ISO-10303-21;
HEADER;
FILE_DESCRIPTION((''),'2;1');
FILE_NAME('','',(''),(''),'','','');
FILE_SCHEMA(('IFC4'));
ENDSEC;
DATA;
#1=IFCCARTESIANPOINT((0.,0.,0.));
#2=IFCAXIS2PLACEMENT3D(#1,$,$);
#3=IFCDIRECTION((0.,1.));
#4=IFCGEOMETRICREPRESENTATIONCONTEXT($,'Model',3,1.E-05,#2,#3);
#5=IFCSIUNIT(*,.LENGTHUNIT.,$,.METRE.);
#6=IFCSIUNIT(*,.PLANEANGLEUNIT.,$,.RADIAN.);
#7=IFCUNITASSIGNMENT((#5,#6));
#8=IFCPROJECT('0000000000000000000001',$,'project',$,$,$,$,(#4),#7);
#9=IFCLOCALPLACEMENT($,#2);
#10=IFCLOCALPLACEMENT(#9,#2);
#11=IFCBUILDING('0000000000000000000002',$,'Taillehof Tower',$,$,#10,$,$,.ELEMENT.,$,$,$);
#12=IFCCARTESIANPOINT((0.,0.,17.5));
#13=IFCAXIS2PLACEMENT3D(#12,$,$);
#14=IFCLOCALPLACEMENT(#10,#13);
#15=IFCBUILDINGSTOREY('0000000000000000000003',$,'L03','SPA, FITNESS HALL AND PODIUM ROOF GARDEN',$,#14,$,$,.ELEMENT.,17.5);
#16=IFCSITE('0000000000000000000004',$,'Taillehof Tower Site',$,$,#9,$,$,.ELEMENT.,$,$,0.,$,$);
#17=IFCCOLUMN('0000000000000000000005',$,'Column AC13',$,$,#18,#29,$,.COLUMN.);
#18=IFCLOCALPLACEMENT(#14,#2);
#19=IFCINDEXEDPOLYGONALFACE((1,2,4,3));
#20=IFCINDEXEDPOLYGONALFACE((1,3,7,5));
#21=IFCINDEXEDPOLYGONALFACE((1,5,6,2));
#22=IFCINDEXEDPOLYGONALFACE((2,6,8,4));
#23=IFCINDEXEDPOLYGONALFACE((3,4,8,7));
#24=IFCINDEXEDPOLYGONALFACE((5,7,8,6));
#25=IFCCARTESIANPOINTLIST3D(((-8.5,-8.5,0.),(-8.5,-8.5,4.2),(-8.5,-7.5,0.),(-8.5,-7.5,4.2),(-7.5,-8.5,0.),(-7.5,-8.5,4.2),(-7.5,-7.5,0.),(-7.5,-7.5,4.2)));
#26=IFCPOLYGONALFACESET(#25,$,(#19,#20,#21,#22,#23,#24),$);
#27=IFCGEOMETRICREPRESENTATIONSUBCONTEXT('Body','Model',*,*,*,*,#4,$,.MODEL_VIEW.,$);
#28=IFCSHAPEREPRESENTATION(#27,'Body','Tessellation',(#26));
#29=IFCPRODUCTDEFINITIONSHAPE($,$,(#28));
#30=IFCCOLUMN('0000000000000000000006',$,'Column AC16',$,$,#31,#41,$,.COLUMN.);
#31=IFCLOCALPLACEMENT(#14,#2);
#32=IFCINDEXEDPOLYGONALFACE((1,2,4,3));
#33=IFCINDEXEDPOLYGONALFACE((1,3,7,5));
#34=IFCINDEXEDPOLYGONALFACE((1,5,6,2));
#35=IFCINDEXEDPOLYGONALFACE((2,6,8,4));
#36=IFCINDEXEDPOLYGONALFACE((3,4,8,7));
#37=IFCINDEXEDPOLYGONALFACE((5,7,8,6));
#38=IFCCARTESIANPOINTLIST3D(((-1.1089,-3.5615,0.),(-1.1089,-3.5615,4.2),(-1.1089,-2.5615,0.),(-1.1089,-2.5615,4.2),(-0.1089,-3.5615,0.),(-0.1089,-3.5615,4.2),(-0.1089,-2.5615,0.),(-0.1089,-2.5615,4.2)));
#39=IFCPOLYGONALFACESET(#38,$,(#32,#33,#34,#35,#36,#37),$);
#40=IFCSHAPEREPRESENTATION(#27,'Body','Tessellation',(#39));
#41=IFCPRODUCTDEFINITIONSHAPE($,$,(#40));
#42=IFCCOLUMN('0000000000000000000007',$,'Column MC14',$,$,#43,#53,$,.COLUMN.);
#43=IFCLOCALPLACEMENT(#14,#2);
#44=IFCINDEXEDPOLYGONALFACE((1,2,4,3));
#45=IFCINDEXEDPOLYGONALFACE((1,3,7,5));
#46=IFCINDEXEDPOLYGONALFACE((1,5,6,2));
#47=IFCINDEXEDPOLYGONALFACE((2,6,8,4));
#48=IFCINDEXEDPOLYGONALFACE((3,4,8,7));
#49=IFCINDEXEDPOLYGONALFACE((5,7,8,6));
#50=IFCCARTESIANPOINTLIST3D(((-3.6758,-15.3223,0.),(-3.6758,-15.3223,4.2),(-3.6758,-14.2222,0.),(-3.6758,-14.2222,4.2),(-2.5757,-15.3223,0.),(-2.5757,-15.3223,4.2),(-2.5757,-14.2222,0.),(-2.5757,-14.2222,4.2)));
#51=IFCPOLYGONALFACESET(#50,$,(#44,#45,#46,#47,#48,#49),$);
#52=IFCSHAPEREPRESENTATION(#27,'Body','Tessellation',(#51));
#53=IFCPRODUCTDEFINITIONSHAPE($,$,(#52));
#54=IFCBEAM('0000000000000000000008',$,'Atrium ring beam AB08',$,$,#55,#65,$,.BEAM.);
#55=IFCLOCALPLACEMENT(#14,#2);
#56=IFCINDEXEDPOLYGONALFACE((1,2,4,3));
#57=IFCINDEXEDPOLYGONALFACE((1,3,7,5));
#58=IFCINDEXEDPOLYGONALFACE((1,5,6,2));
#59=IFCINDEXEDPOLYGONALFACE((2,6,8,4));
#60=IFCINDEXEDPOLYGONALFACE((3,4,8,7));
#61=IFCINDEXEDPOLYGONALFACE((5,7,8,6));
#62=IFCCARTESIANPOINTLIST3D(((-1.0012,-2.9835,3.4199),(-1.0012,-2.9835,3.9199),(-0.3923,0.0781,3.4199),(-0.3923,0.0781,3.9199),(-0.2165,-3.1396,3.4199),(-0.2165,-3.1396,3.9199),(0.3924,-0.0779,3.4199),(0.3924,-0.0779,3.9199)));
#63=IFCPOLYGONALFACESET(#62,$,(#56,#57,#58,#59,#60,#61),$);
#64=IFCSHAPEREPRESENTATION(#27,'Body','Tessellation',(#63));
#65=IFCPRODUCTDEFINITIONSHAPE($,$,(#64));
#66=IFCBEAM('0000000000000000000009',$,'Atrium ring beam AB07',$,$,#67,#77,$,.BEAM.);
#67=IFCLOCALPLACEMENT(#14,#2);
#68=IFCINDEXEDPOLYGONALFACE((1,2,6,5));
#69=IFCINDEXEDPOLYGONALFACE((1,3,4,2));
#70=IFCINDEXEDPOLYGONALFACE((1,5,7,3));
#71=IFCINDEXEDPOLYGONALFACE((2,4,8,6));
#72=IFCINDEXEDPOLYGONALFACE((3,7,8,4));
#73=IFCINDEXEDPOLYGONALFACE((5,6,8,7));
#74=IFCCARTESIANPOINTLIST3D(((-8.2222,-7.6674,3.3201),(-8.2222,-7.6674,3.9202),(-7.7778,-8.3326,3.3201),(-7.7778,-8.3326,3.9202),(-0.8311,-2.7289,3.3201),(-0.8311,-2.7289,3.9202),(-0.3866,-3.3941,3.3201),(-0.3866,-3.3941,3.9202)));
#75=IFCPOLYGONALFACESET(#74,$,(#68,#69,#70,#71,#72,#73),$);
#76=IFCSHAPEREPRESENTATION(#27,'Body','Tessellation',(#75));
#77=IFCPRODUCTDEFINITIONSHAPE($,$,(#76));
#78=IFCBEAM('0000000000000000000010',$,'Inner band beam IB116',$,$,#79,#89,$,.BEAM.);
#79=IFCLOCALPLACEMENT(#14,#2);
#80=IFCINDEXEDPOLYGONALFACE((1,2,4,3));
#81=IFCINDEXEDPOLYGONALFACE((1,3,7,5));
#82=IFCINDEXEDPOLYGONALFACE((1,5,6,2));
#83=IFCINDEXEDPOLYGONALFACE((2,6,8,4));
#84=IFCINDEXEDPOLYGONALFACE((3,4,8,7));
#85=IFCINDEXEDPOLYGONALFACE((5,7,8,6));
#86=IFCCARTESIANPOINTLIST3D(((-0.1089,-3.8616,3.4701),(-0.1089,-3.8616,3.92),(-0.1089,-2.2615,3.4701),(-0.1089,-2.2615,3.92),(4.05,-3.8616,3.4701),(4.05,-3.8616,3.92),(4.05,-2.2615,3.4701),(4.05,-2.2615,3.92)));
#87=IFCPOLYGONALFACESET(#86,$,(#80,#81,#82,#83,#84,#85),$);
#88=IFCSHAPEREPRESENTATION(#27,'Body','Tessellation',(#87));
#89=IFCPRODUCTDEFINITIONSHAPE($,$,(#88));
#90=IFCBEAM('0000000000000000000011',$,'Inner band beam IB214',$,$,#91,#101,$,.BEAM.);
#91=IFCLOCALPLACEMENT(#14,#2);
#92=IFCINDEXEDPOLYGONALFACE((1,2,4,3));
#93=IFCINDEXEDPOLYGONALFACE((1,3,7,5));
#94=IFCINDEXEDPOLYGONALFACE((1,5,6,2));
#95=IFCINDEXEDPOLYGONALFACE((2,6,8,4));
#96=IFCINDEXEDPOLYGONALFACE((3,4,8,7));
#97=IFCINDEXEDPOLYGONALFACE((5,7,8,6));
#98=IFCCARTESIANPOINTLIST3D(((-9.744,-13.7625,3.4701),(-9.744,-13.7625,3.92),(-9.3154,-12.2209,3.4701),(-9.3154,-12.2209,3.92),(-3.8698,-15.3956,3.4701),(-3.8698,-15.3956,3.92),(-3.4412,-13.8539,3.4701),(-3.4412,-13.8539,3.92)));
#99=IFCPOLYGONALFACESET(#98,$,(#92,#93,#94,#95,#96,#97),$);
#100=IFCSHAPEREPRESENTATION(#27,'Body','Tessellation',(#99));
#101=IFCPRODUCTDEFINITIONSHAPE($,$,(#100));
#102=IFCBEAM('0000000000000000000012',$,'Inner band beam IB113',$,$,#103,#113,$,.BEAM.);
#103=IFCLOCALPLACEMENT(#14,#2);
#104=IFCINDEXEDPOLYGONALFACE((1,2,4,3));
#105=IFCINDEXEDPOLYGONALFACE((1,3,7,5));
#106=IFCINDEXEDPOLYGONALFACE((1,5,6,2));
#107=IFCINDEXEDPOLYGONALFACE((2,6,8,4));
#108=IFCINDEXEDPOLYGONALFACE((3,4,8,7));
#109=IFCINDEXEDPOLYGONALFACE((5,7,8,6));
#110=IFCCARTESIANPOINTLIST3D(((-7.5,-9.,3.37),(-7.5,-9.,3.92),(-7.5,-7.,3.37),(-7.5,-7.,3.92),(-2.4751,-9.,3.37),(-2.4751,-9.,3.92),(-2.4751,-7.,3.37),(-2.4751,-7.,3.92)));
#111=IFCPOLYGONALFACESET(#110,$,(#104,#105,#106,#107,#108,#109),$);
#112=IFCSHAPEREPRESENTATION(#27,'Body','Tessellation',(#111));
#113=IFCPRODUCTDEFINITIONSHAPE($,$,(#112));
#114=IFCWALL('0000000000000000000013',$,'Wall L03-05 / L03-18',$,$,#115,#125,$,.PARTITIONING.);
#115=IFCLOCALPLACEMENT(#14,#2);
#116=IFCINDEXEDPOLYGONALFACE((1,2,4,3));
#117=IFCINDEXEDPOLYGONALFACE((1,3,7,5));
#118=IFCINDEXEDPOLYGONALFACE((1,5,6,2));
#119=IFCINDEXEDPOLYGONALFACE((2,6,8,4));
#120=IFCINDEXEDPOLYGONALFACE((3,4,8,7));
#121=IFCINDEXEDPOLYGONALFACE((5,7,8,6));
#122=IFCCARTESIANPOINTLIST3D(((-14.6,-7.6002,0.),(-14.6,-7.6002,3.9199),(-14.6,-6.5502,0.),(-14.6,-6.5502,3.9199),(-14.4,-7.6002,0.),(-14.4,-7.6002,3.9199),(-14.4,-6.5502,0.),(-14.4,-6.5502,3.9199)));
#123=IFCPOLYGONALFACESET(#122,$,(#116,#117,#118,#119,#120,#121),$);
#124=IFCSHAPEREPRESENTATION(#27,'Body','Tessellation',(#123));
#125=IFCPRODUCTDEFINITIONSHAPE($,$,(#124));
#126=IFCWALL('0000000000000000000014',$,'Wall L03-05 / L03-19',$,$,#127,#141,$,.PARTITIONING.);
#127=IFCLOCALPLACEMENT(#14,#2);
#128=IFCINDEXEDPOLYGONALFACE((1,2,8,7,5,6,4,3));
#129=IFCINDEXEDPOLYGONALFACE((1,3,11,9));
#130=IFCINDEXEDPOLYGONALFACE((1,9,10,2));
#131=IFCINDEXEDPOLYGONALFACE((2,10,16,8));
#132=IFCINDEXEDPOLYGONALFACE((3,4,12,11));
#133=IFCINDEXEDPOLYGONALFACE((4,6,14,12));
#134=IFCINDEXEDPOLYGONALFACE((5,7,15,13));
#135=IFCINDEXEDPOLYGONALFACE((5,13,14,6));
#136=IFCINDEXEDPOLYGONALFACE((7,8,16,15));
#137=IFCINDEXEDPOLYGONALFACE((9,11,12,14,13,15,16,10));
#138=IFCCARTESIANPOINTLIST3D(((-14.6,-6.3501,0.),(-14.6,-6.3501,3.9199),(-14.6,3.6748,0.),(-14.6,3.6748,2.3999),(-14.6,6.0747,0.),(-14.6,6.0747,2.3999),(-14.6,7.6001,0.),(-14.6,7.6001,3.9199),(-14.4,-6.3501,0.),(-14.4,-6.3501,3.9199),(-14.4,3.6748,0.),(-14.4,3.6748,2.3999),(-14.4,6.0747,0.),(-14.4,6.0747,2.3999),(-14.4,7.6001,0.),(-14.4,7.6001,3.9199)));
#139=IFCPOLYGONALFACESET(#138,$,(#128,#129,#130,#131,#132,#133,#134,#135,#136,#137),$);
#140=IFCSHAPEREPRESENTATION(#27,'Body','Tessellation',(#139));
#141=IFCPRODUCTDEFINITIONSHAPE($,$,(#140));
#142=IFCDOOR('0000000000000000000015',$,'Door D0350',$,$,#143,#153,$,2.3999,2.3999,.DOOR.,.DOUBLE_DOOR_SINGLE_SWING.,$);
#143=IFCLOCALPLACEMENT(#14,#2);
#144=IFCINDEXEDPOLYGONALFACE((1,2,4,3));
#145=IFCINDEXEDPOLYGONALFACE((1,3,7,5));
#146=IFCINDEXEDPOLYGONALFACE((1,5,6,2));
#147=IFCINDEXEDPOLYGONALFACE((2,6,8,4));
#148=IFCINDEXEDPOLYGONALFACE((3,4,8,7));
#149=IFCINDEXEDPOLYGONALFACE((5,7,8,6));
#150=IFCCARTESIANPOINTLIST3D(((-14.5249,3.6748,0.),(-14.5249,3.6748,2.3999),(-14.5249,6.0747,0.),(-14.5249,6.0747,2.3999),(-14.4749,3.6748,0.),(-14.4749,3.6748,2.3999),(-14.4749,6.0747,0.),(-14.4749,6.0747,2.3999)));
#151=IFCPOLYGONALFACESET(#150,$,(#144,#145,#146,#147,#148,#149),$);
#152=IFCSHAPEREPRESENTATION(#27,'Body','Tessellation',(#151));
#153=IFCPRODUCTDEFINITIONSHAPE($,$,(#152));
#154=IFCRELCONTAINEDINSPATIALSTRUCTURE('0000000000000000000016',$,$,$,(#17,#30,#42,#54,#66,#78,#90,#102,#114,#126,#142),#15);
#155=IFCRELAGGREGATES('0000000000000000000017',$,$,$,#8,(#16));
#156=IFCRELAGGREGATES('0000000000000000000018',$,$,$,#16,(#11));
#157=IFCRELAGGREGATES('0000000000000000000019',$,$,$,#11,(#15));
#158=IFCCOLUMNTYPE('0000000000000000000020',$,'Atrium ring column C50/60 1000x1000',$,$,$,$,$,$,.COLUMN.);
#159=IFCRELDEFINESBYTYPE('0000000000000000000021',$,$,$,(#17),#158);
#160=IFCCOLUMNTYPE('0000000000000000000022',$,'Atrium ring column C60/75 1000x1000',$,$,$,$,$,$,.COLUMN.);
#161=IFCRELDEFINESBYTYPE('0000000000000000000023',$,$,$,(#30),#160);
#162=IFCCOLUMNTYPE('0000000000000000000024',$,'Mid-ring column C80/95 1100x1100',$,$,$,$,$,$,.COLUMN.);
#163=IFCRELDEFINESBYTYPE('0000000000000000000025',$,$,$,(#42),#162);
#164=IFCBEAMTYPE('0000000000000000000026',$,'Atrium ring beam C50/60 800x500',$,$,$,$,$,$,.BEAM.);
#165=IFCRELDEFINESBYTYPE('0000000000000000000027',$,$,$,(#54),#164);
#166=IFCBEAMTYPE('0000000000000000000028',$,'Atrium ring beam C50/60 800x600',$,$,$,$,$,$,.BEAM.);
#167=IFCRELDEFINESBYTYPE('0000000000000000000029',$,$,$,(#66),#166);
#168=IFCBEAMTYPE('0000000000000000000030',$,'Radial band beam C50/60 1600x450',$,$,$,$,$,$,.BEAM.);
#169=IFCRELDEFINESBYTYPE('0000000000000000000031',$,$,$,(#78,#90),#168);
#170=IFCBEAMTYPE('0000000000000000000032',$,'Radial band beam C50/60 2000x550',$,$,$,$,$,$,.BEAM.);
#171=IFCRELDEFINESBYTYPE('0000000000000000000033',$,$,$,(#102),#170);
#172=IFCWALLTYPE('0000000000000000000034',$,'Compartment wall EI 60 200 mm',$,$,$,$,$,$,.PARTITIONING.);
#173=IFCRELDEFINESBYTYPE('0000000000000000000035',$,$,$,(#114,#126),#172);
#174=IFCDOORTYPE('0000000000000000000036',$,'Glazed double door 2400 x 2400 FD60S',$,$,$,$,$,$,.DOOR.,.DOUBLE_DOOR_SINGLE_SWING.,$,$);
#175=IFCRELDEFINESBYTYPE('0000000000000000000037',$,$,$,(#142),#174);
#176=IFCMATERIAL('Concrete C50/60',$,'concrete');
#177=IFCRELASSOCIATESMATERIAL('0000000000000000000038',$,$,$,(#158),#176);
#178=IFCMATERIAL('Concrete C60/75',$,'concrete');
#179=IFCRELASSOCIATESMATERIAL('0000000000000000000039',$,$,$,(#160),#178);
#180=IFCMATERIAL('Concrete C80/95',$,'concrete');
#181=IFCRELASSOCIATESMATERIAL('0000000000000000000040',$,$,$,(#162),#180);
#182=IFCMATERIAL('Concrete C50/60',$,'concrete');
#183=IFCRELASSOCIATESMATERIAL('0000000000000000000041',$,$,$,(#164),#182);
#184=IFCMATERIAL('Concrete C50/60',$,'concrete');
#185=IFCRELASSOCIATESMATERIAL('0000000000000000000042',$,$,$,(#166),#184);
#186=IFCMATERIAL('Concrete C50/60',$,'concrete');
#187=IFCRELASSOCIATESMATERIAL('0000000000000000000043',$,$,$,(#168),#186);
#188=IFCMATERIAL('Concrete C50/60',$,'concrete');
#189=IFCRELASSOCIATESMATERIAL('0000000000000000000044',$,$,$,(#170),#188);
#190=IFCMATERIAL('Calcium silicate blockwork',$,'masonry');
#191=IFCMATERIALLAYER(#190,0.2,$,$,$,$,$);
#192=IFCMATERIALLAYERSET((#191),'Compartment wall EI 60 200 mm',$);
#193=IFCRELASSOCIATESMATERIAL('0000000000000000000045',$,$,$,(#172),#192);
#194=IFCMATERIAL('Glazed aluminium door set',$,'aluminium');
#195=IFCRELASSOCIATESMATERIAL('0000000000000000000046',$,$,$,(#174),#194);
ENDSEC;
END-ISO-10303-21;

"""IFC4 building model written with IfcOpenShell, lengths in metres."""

from ifc_helpers import new_model, si_unit, direction, frame, frame_2d, origin, origin_2d, place, context, subcontext, project, spatial, rectangle, extrude, material, layer, layer_set, material_profile, profile_set, type_object, element, fill, save


model = new_model("IFC4")

# Units and contexts
model_context = context("Model", 3, precision=1e-05, world=origin(), true_north=direction((0.0, 1.0)))
body_context = subcontext(model_context, "Body", "Model", "MODEL_VIEW")
ifc_project = project(units=[si_unit("LENGTHUNIT", "METRE"), si_unit("PLANEANGLEUNIT", "RADIAN")], contexts=[model_context])

# Site, building, storey
site_placement = place(None, origin())
site = spatial("IfcSite", under=ifc_project, at=site_placement, Name="Taillehof Tower Site", CompositionType="ELEMENT", RefElevation=0.0)
building_placement = place(site_placement, origin())
building = spatial("IfcBuilding", under=site, at=building_placement, Name="Taillehof Tower", CompositionType="ELEMENT")
storey_placement = place(building_placement, frame((0.0, 0.0, 17.5)))
storey = spatial("IfcBuildingStorey", under=building, at=storey_placement, Name="L03", Description="SPA, FITNESS HALL AND PODIUM ROOF GARDEN", CompositionType="ELEMENT", Elevation=17.5)

# Columns
ifc_material_1 = material(Name="Concrete C50/60", Category="concrete")
ifc_material_profile_1 = material_profile(ifc_material_1, rectangle(XDim=1.0, YDim=1.0, at=origin_2d()), Name="RC 1000x1000")
ifc_profile_set_1 = profile_set([ifc_material_profile_1], Name="Concrete C50/60")
column_type_1 = type_object("IfcColumnType", Name="Atrium ring column C50/60 1000x1000", PredefinedType="COLUMN", material=ifc_profile_set_1)
column_1_placement = place(storey_placement, frame((-8.0, -8.0, 0.0), z_axis=(0.0, 0.0, 1.0), x_axis=(1.0, 0.0, 0.0)))
element("IfcColumn", 1, at=column_1_placement, inside=storey, type_object=column_type_1, Name="Column AC13", PredefinedType="COLUMN", context=body_context, shape_type="SweptSolid", body=[
    extrude(rectangle(XDim=1.0, YDim=1.0, at=origin_2d()), origin(), (0.0, 0.0, 1.0), 4.2),
])
ifc_material_2 = material(Name="Concrete C60/75", Category="concrete")
ifc_material_profile_2 = material_profile(ifc_material_2, rectangle(XDim=1.0, YDim=1.0, at=origin_2d()), Name="RC 1000x1000")
ifc_profile_set_2 = profile_set([ifc_material_profile_2], Name="Concrete C60/75")
column_type_2 = type_object("IfcColumnType", Name="Atrium ring column C60/75 1000x1000", PredefinedType="COLUMN", material=ifc_profile_set_2)
column_2_placement = place(storey_placement, frame((-0.6089, -3.0615, 0.0), z_axis=(0.0, 0.0, 1.0), x_axis=(1.0, 0.0, 0.0)))
element("IfcColumn", 2, at=column_2_placement, inside=storey, type_object=column_type_2, Name="Column AC16", PredefinedType="COLUMN", context=body_context, shape_type="SweptSolid", body=[
    extrude(rectangle(XDim=1.0, YDim=1.0, at=origin_2d()), origin(), (0.0, 0.0, 1.0), 4.2),
])
ifc_material_3 = material(Name="Concrete C80/95", Category="concrete")
ifc_material_profile_3 = material_profile(ifc_material_3, rectangle(XDim=1.1001, YDim=1.1001, at=origin_2d()), Name="RC 1100x1100")
ifc_profile_set_3 = profile_set([ifc_material_profile_3], Name="Concrete C80/95")
column_type_3 = type_object("IfcColumnType", Name="Mid-ring column C80/95 1100x1100", PredefinedType="COLUMN", material=ifc_profile_set_3)
column_3_placement = place(storey_placement, frame((-3.1257, -14.7722, 0.0), z_axis=(0.0, 0.0, 1.0), x_axis=(1.0, 0.0, 0.0)))
element("IfcColumn", 3, at=column_3_placement, inside=storey, type_object=column_type_3, Name="Column MC14", PredefinedType="COLUMN", context=body_context, shape_type="SweptSolid", body=[
    extrude(rectangle(XDim=1.1001, YDim=1.1001, at=origin_2d()), origin(), (0.0, 0.0, 1.0), 4.2),
])

# Beams
ifc_material_4 = material(Name="Concrete C50/60", Category="concrete")
ifc_material_profile_4 = material_profile(ifc_material_4, rectangle(XDim=0.8, YDim=0.5, at=origin_2d()), Name="RC 800x500")
ifc_profile_set_4 = profile_set([ifc_material_profile_4], Name="Concrete C50/60")
beam_type_1 = type_object("IfcBeamType", Name="Atrium ring beam C50/60 800x500", PredefinedType="BEAM", material=ifc_profile_set_4)
beam_1_placement = place(storey_placement, frame((-0.6089, -3.0615, 3.6699), z_axis=(0.195063, 0.980791, 0.0), x_axis=(-0.980791, 0.195063, 0.0)))
element("IfcBeam", 4, at=beam_1_placement, inside=storey, type_object=beam_type_1, Name="Atrium ring beam AB08", PredefinedType="BEAM", context=body_context, shape_type="SweptSolid", body=[
    extrude(rectangle(XDim=0.8, YDim=0.5, at=origin_2d()), origin(), (0.0, 0.0, 1.0), 3.1216),
])
ifc_material_5 = material(Name="Concrete C50/60", Category="concrete")
ifc_material_profile_5 = material_profile(ifc_material_5, rectangle(XDim=0.8, YDim=0.6001, at=origin_2d()), Name="RC 800x600")
ifc_profile_set_5 = profile_set([ifc_material_profile_5], Name="Concrete C50/60")
beam_type_2 = type_object("IfcBeamType", Name="Atrium ring beam C50/60 800x600", PredefinedType="BEAM", material=ifc_profile_set_5)
beam_2_placement = place(storey_placement, frame((-8.0, -8.0, 3.6201), z_axis=(0.831475, 0.555562, 0.0), x_axis=(-0.555562, 0.831475, 0.0)))
element("IfcBeam", 5, at=beam_2_placement, inside=storey, type_object=beam_type_2, Name="Atrium ring beam AB07", PredefinedType="BEAM", context=body_context, shape_type="SweptSolid", body=[
    extrude(rectangle(XDim=0.8, YDim=0.6001, at=origin_2d()), origin(), (0.0, 0.0, 1.0), 8.8892),
])
ifc_material_6 = material(Name="Concrete C50/60", Category="concrete")
ifc_material_profile_6 = material_profile(ifc_material_6, rectangle(XDim=1.6001, YDim=0.45, at=origin_2d()), Name="RC 1600x450")
ifc_profile_set_6 = profile_set([ifc_material_profile_6], Name="Concrete C50/60")
beam_type_3 = type_object("IfcBeamType", Name="Radial band beam C50/60 1600x450", PredefinedType="BEAM", material=ifc_profile_set_6)
beam_3_placement = place(storey_placement, frame((-0.1089, -3.0615, 3.6951), z_axis=(1.0, 0.0, 0.0), x_axis=(0.0, 1.0, 0.0)))
element("IfcBeam", 6, at=beam_3_placement, inside=storey, type_object=beam_type_3, Name="Inner band beam IB116", PredefinedType="BEAM", context=body_context, shape_type="SweptSolid", body=[
    extrude(rectangle(XDim=1.6001, YDim=0.45, at=origin_2d()), origin(), (0.0, 0.0, 1.0), 4.1589),
])
beam_4_placement = place(storey_placement, frame((-3.6555, -14.6248, 3.6951), z_axis=(-0.963459, 0.267855, 0.0), x_axis=(-0.267855, -0.963459, 0.0)))
element("IfcBeam", 7, at=beam_4_placement, inside=storey, type_object=beam_type_3, Name="Inner band beam IB214", PredefinedType="BEAM", context=body_context, shape_type="SweptSolid", body=[
    extrude(rectangle(XDim=1.6001, YDim=0.45, at=origin_2d()), origin(), (0.0, 0.0, 1.0), 6.0969),
])
ifc_material_7 = material(Name="Concrete C50/60", Category="concrete")
ifc_material_profile_7 = material_profile(ifc_material_7, rectangle(XDim=2.0, YDim=0.55, at=origin_2d()), Name="RC 2000x550")
ifc_profile_set_7 = profile_set([ifc_material_profile_7], Name="Concrete C50/60")
beam_type_4 = type_object("IfcBeamType", Name="Radial band beam C50/60 2000x550", PredefinedType="BEAM", material=ifc_profile_set_7)
beam_5_placement = place(storey_placement, frame((-7.5, -8.0, 3.645), z_axis=(1.0, 0.0, 0.0), x_axis=(0.0, 1.0, 0.0)))
element("IfcBeam", 8, at=beam_5_placement, inside=storey, type_object=beam_type_4, Name="Inner band beam IB113", PredefinedType="BEAM", context=body_context, shape_type="SweptSolid", body=[
    extrude(rectangle(XDim=2.0, YDim=0.55, at=origin_2d()), origin(), (0.0, 0.0, 1.0), 5.0249),
])

# Wall
ifc_material_8 = material(Name="Calcium silicate blockwork", Category="masonry")
ifc_layer_1 = layer(ifc_material_8, 0.2)
ifc_layer_set_1 = layer_set([ifc_layer_1], Name="Compartment wall EI 60 200 mm")
wall_type_1 = type_object("IfcWallType", Name="Compartment wall EI 60 200 mm", PredefinedType="PARTITIONING", material=ifc_layer_set_1)
wall_1_placement = place(storey_placement, frame((-14.5, -7.6001, 0.0), z_axis=(0.0, 0.0, 1.0), x_axis=(0.0, 1.0, 0.0)))
element("IfcWall", 9, at=wall_1_placement, inside=storey, type_object=wall_type_1, Name="Wall L03-05 / L03-18", PredefinedType="PARTITIONING", context=body_context, shape_type="SweptSolid", body=[
    extrude(rectangle(XDim=1.05, YDim=0.2, at=frame_2d((0.5249, 0.0))), origin(), (0.0, 0.0, 1.0), 3.9199),
])

# Wall, opening, door
wall_2_placement = place(storey_placement, frame((-14.5, -6.3501, 0.0), z_axis=(0.0, 0.0, 1.0), x_axis=(0.0, 1.0, 0.0)))
wall_2 = element("IfcWall", 10, at=wall_2_placement, inside=storey, type_object=wall_type_1, Name="Wall L03-05 / L03-19", PredefinedType="PARTITIONING", context=body_context, shape_type="SweptSolid", body=[
    extrude(rectangle(XDim=13.9502, YDim=0.2, at=frame_2d((6.9751, 0.0))), origin(), (0.0, 0.0, 1.0), 3.9199),
])
opening_1_placement = place(wall_2_placement, frame((10.0249, 0.0, 0.0)))
opening_1 = element("IfcOpeningElement", 11, at=opening_1_placement, cuts=wall_2, PredefinedType="OPENING", context=body_context, shape_type="SweptSolid", body=[
    extrude(rectangle(XDim=2.3999, YDim=2.3999, at=frame_2d((1.2, 1.2))), frame((0.0, 0.1099, 0.0), z_axis=(0.0, -1.0, 0.0), x_axis=(1.0, 0.0, 0.0)), (0.0, 0.0, 1.0), 0.22),
])
ifc_material_9 = material(Name="Glazed aluminium door set", Category="aluminium")
door_type_1 = type_object("IfcDoorType", Name="Glazed double door 2400 x 2400 FD60S", OperationType="DOUBLE_DOOR_SINGLE_SWING", PredefinedType="DOOR", material=ifc_material_9)
door_1_placement = place(opening_1_placement, origin())
door_1 = element("IfcDoor", 12, at=door_1_placement, inside=storey, type_object=door_type_1, Name="Door D0350", OperationType="DOUBLE_DOOR_SINGLE_SWING", OverallHeight=2.3999, OverallWidth=2.3999, PredefinedType="DOOR", context=body_context, shape_type="SweptSolid", body=[
    extrude(rectangle(XDim=2.3999, YDim=2.3999, at=frame_2d((1.2, 1.2))), frame((0.0, 0.0249, 0.0), z_axis=(0.0, -1.0, 0.0), x_axis=(1.0, 0.0, 0.0)), (0.0, 0.0, 1.0), 0.05),
])
fill(opening_1, door_1)

save(model, "model.ifc")
